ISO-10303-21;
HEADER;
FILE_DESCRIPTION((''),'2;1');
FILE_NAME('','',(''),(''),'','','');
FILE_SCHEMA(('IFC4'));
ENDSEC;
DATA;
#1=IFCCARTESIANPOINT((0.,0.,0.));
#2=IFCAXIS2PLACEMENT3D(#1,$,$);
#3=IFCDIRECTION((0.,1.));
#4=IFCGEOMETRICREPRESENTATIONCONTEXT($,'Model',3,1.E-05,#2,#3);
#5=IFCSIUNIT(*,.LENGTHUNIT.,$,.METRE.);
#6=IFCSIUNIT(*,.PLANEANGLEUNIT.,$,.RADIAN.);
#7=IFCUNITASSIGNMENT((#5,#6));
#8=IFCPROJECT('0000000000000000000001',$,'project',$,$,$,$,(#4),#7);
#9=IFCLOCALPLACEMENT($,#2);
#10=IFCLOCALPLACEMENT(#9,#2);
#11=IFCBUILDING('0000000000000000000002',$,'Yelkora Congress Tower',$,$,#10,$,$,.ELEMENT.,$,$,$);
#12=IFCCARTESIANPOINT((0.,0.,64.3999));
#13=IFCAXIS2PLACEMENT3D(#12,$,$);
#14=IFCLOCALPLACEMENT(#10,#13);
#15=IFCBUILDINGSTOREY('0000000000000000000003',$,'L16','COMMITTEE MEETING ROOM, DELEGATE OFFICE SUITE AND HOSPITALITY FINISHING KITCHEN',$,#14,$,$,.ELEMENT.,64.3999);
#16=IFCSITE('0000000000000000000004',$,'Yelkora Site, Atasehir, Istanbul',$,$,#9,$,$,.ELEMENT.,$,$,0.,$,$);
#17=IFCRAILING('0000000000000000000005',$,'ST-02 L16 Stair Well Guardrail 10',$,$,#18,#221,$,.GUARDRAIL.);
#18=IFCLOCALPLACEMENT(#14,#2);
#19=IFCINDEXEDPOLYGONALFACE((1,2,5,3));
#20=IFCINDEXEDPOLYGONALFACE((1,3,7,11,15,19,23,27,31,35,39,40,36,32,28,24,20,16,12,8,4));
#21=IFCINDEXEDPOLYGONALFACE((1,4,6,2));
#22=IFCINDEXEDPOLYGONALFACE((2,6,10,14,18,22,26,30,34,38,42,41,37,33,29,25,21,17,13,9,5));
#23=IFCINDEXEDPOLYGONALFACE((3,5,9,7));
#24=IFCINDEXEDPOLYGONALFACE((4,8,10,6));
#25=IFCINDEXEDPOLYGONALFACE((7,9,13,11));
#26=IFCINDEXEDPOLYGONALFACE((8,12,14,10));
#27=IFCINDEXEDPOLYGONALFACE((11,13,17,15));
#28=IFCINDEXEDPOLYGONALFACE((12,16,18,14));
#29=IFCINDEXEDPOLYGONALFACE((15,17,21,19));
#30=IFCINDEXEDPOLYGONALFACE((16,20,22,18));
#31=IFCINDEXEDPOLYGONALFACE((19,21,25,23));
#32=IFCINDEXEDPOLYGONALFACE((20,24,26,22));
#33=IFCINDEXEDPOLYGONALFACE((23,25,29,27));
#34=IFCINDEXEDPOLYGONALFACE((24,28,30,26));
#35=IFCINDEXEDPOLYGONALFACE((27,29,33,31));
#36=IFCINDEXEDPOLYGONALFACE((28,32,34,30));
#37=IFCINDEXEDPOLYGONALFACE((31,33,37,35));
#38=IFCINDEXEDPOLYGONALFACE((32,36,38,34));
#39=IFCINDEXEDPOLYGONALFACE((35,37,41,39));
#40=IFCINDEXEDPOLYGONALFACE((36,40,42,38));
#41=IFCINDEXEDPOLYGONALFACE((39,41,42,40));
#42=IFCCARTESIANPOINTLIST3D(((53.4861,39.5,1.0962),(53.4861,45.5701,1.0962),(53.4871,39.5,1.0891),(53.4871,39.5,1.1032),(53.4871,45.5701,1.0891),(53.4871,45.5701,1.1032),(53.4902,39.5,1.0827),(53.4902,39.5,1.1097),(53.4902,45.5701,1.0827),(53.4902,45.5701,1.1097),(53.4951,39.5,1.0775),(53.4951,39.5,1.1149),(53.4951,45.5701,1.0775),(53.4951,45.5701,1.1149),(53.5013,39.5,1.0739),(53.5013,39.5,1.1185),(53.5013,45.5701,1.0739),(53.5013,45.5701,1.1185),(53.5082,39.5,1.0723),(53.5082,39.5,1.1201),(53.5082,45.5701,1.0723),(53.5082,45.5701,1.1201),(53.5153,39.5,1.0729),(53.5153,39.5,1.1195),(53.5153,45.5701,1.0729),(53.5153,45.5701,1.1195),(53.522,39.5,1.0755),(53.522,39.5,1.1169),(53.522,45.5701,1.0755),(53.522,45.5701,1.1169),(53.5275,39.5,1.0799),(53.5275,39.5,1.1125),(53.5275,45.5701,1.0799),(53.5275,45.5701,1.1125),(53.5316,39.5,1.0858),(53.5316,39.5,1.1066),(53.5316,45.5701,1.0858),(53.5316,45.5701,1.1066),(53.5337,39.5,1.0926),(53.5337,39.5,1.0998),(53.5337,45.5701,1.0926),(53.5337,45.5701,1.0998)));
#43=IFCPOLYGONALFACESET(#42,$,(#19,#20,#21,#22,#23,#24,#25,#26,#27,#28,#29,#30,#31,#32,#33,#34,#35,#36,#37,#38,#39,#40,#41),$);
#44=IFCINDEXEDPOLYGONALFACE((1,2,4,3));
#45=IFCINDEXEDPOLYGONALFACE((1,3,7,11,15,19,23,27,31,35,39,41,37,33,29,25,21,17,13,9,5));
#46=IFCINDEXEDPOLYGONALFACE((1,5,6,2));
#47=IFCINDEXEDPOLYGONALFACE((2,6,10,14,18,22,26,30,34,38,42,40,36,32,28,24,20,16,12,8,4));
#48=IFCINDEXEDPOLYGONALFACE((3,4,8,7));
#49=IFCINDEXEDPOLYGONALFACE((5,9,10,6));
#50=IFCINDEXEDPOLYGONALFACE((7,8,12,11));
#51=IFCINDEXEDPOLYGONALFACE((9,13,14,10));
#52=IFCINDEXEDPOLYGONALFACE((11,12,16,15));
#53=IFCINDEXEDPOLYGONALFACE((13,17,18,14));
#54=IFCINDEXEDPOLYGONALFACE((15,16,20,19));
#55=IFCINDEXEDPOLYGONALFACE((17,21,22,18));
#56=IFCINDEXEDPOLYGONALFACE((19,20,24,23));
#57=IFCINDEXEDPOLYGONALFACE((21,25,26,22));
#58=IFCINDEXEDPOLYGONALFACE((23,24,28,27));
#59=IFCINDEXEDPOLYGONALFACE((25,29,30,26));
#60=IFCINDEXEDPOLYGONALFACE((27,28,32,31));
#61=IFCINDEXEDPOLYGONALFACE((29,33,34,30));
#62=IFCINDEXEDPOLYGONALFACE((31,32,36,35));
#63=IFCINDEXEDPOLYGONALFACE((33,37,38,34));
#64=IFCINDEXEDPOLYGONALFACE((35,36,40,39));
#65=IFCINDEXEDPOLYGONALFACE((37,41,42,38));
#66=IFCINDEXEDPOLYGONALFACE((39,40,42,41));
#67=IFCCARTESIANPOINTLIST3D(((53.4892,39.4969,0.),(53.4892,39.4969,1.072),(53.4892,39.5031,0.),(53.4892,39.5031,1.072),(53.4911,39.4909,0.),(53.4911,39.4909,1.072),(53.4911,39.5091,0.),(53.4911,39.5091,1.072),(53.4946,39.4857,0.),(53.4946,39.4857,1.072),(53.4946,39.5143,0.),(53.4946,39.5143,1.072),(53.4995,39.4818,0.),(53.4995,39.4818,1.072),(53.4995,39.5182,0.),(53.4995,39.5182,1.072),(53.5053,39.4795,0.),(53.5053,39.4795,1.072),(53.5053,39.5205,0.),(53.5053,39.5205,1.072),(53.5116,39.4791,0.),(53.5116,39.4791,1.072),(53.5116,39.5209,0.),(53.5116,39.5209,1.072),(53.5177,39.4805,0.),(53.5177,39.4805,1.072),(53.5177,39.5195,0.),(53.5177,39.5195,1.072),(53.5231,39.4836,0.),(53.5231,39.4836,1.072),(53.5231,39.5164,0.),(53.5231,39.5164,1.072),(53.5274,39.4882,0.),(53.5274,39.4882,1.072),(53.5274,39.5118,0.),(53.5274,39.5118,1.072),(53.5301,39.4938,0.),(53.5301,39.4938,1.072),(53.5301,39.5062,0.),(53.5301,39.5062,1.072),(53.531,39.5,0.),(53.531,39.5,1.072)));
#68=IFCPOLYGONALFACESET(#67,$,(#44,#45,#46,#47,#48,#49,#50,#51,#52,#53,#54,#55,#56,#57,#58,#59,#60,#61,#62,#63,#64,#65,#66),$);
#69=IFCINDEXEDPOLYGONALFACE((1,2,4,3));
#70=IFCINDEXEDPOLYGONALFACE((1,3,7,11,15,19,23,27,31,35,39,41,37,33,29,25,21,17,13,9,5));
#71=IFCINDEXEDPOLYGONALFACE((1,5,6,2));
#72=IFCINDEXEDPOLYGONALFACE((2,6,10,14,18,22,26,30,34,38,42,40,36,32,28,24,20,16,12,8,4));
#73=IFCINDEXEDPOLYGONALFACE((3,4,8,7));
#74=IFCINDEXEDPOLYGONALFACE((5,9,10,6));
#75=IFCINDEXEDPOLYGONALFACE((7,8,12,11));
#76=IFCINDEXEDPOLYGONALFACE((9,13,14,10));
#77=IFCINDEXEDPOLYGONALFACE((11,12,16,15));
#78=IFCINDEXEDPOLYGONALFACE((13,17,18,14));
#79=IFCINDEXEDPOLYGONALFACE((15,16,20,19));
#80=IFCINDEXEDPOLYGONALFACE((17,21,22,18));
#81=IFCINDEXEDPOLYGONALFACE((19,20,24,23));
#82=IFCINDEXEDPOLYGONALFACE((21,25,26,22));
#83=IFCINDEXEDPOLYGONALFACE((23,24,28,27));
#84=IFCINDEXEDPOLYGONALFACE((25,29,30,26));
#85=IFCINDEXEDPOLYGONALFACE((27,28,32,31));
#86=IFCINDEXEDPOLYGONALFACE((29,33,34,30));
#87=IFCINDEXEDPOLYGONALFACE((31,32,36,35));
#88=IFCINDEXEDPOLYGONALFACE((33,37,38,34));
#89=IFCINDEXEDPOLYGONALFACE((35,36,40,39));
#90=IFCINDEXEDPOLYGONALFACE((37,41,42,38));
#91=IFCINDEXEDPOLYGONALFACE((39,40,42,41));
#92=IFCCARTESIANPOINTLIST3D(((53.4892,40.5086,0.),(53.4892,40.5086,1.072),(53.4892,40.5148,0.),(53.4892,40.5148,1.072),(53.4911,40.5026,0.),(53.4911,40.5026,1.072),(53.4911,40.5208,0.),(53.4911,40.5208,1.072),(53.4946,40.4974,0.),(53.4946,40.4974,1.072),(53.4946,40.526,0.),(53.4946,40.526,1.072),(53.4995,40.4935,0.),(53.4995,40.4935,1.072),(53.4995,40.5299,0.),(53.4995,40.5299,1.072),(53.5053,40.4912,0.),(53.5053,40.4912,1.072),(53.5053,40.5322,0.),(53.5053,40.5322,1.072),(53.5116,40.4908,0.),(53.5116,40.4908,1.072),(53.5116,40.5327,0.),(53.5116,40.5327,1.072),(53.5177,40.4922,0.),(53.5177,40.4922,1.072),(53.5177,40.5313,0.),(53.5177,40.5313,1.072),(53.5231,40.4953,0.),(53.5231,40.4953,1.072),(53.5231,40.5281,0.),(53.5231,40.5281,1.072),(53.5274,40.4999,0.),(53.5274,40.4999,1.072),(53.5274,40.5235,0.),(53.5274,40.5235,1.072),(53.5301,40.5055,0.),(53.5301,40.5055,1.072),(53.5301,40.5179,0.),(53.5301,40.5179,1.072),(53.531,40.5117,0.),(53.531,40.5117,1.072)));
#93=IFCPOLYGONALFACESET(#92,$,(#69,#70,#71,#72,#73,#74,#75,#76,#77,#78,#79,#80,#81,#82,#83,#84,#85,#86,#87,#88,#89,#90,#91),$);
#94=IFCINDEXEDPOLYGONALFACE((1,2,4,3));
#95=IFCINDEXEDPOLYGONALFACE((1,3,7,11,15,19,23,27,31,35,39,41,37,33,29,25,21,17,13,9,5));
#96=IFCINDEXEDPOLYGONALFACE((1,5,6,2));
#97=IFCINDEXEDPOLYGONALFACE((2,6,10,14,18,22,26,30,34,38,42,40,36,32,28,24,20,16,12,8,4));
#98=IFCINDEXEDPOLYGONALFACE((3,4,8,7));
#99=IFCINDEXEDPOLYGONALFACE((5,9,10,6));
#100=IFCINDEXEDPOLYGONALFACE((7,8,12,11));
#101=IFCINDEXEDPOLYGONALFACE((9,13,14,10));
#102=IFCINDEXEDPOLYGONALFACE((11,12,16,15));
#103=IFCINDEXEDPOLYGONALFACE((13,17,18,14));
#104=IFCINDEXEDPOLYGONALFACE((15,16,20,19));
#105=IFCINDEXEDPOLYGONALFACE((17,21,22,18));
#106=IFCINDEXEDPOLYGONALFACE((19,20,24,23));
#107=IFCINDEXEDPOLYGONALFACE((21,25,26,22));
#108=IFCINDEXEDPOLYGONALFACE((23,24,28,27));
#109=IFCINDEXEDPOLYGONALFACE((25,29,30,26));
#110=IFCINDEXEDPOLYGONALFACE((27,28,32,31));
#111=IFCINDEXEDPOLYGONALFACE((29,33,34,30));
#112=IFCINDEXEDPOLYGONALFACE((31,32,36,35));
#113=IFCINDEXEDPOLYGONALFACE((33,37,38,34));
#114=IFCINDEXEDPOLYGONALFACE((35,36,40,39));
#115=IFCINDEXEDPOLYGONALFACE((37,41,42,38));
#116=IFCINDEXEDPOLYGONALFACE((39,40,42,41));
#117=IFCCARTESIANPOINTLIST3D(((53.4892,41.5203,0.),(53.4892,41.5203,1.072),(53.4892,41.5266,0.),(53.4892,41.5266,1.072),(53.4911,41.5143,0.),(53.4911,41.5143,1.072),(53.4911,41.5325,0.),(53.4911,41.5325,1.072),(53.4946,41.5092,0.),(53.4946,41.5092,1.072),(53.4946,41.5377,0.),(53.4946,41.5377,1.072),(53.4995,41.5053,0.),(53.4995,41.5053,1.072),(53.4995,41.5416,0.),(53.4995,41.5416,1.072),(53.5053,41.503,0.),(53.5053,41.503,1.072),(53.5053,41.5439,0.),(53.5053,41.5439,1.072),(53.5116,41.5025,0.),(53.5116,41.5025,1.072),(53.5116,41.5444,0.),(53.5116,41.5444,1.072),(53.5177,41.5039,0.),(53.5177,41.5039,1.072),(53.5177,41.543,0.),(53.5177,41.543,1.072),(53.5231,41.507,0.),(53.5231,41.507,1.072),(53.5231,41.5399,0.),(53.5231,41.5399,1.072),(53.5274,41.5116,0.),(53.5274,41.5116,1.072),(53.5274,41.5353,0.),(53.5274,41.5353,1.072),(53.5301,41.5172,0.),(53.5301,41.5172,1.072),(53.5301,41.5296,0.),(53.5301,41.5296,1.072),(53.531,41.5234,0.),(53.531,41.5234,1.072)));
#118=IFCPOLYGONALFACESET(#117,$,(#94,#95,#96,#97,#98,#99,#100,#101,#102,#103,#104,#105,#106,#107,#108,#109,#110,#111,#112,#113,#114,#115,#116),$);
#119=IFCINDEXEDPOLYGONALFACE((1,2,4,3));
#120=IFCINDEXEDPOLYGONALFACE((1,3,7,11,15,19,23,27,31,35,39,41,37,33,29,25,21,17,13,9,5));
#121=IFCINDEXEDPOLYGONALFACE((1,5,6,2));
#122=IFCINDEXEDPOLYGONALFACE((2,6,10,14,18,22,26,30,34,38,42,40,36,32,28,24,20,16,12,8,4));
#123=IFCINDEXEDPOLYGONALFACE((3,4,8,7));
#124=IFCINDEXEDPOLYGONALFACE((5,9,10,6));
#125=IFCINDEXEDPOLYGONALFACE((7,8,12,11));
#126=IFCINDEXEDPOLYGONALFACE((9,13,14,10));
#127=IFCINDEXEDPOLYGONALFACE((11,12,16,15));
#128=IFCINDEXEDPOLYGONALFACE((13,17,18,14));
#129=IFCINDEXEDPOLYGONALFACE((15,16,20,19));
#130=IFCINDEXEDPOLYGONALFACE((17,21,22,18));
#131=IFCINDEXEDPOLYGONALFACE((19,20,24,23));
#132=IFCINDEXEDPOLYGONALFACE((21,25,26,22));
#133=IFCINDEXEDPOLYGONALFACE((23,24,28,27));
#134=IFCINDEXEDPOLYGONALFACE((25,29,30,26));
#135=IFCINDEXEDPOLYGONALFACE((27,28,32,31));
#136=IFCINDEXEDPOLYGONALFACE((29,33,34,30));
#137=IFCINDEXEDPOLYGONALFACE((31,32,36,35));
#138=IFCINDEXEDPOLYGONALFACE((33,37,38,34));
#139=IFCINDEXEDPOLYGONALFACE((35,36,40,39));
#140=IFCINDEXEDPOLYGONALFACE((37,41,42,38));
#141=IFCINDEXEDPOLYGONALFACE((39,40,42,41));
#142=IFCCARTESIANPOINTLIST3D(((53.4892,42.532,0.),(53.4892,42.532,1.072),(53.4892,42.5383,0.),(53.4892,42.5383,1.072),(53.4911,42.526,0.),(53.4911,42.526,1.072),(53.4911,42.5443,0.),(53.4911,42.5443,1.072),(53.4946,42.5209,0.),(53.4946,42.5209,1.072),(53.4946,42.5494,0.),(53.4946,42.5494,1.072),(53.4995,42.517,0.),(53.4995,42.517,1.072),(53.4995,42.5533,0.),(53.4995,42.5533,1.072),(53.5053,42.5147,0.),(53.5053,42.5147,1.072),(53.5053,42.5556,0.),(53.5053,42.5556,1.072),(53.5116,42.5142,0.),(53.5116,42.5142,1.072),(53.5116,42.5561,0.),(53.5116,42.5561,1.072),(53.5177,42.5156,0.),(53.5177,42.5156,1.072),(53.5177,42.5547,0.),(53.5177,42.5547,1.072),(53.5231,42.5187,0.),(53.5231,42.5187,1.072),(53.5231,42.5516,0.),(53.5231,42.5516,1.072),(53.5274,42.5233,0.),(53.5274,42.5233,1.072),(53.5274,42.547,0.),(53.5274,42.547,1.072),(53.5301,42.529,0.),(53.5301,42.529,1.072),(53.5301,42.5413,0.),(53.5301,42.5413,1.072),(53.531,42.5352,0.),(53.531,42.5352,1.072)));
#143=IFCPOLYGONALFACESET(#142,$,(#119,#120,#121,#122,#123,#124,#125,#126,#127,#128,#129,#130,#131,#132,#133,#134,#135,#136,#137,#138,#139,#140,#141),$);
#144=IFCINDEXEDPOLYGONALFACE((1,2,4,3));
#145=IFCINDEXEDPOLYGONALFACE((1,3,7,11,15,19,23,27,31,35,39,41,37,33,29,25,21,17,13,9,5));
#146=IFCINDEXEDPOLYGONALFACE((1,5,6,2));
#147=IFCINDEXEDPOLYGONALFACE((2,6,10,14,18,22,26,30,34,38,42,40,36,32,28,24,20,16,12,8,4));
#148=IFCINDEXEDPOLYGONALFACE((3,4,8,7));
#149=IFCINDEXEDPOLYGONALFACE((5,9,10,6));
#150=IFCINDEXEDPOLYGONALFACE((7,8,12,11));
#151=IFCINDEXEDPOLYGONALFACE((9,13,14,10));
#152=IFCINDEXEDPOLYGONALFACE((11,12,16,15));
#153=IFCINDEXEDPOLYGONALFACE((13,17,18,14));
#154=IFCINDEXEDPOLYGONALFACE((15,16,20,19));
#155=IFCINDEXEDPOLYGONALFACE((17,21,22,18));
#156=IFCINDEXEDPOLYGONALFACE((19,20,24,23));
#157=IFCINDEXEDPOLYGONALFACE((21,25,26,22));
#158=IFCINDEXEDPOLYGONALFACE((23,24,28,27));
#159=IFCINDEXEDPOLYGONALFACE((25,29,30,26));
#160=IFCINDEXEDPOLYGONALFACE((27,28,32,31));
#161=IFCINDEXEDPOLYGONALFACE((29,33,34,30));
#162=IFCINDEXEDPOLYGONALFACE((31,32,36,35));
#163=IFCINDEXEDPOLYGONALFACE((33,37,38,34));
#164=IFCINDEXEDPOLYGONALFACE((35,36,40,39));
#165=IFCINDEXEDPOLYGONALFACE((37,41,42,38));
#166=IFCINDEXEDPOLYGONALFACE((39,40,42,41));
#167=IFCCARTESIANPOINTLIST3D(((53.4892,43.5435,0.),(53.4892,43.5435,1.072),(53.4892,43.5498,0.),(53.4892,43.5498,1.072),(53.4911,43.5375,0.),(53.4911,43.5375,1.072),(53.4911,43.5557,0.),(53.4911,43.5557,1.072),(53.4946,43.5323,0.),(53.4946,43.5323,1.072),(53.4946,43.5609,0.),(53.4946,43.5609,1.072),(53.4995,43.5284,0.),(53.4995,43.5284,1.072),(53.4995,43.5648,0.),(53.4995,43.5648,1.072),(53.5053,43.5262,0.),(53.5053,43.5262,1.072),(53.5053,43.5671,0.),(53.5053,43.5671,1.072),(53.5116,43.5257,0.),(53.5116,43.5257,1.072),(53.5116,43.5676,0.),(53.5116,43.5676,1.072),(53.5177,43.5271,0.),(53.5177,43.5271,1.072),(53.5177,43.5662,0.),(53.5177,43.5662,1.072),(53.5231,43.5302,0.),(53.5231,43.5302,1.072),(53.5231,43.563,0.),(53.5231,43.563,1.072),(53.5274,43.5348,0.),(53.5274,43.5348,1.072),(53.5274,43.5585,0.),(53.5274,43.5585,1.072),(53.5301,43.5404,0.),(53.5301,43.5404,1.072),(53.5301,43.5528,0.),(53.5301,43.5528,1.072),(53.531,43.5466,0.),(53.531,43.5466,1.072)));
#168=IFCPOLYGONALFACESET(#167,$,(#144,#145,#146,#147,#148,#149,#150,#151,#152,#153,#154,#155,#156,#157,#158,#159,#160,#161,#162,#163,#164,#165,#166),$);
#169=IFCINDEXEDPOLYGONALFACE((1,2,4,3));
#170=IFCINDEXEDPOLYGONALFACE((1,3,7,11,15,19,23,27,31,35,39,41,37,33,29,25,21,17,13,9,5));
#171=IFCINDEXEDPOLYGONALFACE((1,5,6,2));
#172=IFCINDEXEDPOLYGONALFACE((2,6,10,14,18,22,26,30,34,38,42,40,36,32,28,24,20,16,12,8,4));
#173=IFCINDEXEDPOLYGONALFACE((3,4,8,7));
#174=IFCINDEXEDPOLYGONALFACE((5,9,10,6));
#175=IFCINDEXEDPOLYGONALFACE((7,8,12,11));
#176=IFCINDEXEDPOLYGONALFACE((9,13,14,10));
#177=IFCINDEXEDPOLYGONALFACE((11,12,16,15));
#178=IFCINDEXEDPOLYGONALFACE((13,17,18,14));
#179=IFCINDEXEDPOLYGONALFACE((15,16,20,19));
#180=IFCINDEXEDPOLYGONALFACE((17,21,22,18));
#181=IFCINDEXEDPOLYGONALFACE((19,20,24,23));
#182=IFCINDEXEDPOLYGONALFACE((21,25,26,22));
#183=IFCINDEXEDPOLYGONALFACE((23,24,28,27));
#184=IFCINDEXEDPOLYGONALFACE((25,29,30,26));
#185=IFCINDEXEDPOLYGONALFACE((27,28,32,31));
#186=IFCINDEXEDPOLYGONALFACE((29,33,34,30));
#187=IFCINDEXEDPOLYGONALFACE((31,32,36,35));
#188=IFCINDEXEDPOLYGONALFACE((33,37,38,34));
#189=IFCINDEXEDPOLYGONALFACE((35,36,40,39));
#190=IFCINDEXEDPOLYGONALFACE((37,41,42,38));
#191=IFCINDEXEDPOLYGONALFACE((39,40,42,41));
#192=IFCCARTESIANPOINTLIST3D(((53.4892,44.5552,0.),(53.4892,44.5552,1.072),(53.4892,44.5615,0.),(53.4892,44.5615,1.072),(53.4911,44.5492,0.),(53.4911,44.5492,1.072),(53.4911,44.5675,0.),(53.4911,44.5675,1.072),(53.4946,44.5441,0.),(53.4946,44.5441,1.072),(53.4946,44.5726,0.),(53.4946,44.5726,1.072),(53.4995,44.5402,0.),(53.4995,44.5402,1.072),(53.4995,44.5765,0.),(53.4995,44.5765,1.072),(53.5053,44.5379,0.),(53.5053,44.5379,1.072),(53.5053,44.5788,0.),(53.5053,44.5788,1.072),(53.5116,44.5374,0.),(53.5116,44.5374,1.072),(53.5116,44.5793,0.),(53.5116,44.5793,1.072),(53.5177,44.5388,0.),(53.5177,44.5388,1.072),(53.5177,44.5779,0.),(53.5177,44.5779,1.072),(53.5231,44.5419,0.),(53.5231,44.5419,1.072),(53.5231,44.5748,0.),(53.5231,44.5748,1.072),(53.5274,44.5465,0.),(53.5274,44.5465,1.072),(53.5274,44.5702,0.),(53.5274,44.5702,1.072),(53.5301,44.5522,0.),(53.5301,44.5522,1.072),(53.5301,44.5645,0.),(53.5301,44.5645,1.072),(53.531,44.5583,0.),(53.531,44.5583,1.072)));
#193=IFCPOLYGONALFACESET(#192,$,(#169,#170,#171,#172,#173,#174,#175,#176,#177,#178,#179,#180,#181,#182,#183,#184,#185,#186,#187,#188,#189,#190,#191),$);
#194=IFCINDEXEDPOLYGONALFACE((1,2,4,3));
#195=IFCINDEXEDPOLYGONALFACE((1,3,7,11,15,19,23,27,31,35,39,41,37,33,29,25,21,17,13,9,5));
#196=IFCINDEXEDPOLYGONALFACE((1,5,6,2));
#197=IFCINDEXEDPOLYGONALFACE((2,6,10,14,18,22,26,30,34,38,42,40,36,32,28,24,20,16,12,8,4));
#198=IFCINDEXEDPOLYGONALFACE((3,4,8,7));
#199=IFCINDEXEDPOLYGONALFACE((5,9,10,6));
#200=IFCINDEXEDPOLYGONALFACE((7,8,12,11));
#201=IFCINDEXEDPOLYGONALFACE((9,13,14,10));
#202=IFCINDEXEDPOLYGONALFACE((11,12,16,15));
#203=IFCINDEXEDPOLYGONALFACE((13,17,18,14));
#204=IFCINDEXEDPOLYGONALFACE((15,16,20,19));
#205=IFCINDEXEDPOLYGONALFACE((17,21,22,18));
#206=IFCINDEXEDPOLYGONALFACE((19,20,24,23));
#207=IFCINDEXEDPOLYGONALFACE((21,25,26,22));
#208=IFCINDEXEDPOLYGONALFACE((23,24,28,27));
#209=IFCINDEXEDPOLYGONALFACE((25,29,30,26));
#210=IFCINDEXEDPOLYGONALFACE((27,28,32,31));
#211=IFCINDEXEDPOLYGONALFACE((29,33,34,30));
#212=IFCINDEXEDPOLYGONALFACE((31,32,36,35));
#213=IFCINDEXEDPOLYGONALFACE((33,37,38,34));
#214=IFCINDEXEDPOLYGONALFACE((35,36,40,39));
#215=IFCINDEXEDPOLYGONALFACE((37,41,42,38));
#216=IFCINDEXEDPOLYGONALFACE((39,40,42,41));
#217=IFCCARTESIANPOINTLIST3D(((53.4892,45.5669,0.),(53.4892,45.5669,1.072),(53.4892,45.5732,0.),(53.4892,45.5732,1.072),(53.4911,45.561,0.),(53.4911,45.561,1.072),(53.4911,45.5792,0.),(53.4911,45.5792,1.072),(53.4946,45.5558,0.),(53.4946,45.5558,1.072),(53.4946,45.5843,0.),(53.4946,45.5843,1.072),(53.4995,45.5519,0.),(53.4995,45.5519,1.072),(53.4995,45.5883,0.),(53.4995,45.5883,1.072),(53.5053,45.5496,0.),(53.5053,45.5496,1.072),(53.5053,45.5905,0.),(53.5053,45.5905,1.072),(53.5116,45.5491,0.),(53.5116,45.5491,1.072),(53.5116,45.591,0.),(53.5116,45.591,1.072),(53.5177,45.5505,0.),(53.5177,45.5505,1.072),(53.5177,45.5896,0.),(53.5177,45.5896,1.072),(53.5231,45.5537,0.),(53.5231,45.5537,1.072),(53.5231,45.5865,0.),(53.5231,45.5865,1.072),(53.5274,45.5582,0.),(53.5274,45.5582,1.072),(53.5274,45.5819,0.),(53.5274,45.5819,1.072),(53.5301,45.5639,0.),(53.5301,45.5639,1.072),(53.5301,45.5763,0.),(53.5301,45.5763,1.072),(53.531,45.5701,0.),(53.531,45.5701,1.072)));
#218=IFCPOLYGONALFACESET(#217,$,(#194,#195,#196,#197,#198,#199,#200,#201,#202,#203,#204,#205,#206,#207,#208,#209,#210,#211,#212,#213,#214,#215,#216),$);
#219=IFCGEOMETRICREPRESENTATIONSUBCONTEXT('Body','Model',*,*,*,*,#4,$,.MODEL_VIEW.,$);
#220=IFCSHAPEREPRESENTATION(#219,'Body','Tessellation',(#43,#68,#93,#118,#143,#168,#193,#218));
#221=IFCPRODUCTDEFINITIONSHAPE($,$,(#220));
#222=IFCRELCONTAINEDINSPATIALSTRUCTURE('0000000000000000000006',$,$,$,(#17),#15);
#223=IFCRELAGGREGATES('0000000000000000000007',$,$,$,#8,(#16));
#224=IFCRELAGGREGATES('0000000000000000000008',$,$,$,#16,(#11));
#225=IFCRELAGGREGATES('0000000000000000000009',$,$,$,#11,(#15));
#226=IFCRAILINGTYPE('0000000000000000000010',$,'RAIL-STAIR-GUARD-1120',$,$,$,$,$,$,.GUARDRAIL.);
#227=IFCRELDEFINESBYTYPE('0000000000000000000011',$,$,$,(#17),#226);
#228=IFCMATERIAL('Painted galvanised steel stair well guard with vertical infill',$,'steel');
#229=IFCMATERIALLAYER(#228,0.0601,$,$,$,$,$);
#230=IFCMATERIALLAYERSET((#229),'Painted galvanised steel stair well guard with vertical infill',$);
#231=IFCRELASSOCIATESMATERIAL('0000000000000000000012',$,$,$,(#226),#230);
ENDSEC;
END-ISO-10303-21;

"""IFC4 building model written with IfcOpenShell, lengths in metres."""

from ifc_helpers import new_model, si_unit, direction, frame, origin, origin_2d, place, context, subcontext, project, spatial, circle, extrude, material, layer, layer_set, type_object, element, save


model = new_model("IFC4")

# Units and contexts
model_context = context("Model", 3, precision=1e-05, world=origin(), true_north=direction((0.0, 1.0)))
body_context = subcontext(model_context, "Body", "Model", "MODEL_VIEW")
ifc_project = project(units=[si_unit("LENGTHUNIT", "METRE"), si_unit("PLANEANGLEUNIT", "RADIAN")], contexts=[model_context])

# Site, building, storey
site_placement = place(None, origin())
site = spatial("IfcSite", under=ifc_project, at=site_placement, Name="Yelkora Site, Atasehir, Istanbul", CompositionType="ELEMENT", RefElevation=0.0)
building_placement = place(site_placement, origin())
building = spatial("IfcBuilding", under=site, at=building_placement, Name="Yelkora Congress Tower", CompositionType="ELEMENT")
storey_placement = place(building_placement, frame((0.0, 0.0, 64.3999)))
storey = spatial("IfcBuildingStorey", under=building, at=storey_placement, Name="L16", Description="COMMITTEE MEETING ROOM, DELEGATE OFFICE SUITE AND HOSPITALITY FINISHING KITCHEN", CompositionType="ELEMENT", Elevation=64.3999)

# Railing
ifc_material_1 = material(Name="Painted galvanised steel stair well guard with vertical infill", Category="steel")
ifc_layer_1 = layer(ifc_material_1, 0.0601)
ifc_layer_set_1 = layer_set([ifc_layer_1], Name="Painted galvanised steel stair well guard with vertical infill")
railing_type_1 = type_object("IfcRailingType", Name="RAIL-STAIR-GUARD-1120", PredefinedType="GUARDRAIL", material=ifc_layer_set_1)
railing_1_placement = place(storey_placement, frame((53.51, 39.5, 0.0)))
element("IfcRailing", 1, at=railing_1_placement, inside=storey, type_object=railing_type_1, Name="ST-02 L16 Stair Well Guardrail 10", PredefinedType="GUARDRAIL", context=body_context, shape_type="SweptSolid", body=[
    extrude(circle(Radius=0.0239, at=origin_2d()), frame((0.0, 0.0, 1.0962), z_axis=(0.0, 1.0, 0.0), x_axis=(-1.0, 0.0, 0.0)), (0.0, 0.0, 1.0), 6.0701),
    extrude(circle(Radius=0.021, at=origin_2d()), origin(), (0.0, 0.0, 1.0), 1.072),
    extrude(circle(Radius=0.021, at=origin_2d()), frame((0.0, 1.0117, 0.0)), (0.0, 0.0, 1.0), 1.072),
    extrude(circle(Radius=0.021, at=origin_2d()), frame((0.0, 2.0234, 0.0)), (0.0, 0.0, 1.0), 1.072),
    extrude(circle(Radius=0.021, at=origin_2d()), frame((0.0, 3.0352, 0.0)), (0.0, 0.0, 1.0), 1.072),
    extrude(circle(Radius=0.021, at=origin_2d()), frame((0.0, 4.0466, 0.0)), (0.0, 0.0, 1.0), 1.072),
    extrude(circle(Radius=0.021, at=origin_2d()), frame((0.0, 5.0583, 0.0)), (0.0, 0.0, 1.0), 1.072),
    extrude(circle(Radius=0.021, at=origin_2d()), frame((0.0, 6.0701, 0.0)), (0.0, 0.0, 1.0), 1.072),
])

save(model, "model.ifc")
